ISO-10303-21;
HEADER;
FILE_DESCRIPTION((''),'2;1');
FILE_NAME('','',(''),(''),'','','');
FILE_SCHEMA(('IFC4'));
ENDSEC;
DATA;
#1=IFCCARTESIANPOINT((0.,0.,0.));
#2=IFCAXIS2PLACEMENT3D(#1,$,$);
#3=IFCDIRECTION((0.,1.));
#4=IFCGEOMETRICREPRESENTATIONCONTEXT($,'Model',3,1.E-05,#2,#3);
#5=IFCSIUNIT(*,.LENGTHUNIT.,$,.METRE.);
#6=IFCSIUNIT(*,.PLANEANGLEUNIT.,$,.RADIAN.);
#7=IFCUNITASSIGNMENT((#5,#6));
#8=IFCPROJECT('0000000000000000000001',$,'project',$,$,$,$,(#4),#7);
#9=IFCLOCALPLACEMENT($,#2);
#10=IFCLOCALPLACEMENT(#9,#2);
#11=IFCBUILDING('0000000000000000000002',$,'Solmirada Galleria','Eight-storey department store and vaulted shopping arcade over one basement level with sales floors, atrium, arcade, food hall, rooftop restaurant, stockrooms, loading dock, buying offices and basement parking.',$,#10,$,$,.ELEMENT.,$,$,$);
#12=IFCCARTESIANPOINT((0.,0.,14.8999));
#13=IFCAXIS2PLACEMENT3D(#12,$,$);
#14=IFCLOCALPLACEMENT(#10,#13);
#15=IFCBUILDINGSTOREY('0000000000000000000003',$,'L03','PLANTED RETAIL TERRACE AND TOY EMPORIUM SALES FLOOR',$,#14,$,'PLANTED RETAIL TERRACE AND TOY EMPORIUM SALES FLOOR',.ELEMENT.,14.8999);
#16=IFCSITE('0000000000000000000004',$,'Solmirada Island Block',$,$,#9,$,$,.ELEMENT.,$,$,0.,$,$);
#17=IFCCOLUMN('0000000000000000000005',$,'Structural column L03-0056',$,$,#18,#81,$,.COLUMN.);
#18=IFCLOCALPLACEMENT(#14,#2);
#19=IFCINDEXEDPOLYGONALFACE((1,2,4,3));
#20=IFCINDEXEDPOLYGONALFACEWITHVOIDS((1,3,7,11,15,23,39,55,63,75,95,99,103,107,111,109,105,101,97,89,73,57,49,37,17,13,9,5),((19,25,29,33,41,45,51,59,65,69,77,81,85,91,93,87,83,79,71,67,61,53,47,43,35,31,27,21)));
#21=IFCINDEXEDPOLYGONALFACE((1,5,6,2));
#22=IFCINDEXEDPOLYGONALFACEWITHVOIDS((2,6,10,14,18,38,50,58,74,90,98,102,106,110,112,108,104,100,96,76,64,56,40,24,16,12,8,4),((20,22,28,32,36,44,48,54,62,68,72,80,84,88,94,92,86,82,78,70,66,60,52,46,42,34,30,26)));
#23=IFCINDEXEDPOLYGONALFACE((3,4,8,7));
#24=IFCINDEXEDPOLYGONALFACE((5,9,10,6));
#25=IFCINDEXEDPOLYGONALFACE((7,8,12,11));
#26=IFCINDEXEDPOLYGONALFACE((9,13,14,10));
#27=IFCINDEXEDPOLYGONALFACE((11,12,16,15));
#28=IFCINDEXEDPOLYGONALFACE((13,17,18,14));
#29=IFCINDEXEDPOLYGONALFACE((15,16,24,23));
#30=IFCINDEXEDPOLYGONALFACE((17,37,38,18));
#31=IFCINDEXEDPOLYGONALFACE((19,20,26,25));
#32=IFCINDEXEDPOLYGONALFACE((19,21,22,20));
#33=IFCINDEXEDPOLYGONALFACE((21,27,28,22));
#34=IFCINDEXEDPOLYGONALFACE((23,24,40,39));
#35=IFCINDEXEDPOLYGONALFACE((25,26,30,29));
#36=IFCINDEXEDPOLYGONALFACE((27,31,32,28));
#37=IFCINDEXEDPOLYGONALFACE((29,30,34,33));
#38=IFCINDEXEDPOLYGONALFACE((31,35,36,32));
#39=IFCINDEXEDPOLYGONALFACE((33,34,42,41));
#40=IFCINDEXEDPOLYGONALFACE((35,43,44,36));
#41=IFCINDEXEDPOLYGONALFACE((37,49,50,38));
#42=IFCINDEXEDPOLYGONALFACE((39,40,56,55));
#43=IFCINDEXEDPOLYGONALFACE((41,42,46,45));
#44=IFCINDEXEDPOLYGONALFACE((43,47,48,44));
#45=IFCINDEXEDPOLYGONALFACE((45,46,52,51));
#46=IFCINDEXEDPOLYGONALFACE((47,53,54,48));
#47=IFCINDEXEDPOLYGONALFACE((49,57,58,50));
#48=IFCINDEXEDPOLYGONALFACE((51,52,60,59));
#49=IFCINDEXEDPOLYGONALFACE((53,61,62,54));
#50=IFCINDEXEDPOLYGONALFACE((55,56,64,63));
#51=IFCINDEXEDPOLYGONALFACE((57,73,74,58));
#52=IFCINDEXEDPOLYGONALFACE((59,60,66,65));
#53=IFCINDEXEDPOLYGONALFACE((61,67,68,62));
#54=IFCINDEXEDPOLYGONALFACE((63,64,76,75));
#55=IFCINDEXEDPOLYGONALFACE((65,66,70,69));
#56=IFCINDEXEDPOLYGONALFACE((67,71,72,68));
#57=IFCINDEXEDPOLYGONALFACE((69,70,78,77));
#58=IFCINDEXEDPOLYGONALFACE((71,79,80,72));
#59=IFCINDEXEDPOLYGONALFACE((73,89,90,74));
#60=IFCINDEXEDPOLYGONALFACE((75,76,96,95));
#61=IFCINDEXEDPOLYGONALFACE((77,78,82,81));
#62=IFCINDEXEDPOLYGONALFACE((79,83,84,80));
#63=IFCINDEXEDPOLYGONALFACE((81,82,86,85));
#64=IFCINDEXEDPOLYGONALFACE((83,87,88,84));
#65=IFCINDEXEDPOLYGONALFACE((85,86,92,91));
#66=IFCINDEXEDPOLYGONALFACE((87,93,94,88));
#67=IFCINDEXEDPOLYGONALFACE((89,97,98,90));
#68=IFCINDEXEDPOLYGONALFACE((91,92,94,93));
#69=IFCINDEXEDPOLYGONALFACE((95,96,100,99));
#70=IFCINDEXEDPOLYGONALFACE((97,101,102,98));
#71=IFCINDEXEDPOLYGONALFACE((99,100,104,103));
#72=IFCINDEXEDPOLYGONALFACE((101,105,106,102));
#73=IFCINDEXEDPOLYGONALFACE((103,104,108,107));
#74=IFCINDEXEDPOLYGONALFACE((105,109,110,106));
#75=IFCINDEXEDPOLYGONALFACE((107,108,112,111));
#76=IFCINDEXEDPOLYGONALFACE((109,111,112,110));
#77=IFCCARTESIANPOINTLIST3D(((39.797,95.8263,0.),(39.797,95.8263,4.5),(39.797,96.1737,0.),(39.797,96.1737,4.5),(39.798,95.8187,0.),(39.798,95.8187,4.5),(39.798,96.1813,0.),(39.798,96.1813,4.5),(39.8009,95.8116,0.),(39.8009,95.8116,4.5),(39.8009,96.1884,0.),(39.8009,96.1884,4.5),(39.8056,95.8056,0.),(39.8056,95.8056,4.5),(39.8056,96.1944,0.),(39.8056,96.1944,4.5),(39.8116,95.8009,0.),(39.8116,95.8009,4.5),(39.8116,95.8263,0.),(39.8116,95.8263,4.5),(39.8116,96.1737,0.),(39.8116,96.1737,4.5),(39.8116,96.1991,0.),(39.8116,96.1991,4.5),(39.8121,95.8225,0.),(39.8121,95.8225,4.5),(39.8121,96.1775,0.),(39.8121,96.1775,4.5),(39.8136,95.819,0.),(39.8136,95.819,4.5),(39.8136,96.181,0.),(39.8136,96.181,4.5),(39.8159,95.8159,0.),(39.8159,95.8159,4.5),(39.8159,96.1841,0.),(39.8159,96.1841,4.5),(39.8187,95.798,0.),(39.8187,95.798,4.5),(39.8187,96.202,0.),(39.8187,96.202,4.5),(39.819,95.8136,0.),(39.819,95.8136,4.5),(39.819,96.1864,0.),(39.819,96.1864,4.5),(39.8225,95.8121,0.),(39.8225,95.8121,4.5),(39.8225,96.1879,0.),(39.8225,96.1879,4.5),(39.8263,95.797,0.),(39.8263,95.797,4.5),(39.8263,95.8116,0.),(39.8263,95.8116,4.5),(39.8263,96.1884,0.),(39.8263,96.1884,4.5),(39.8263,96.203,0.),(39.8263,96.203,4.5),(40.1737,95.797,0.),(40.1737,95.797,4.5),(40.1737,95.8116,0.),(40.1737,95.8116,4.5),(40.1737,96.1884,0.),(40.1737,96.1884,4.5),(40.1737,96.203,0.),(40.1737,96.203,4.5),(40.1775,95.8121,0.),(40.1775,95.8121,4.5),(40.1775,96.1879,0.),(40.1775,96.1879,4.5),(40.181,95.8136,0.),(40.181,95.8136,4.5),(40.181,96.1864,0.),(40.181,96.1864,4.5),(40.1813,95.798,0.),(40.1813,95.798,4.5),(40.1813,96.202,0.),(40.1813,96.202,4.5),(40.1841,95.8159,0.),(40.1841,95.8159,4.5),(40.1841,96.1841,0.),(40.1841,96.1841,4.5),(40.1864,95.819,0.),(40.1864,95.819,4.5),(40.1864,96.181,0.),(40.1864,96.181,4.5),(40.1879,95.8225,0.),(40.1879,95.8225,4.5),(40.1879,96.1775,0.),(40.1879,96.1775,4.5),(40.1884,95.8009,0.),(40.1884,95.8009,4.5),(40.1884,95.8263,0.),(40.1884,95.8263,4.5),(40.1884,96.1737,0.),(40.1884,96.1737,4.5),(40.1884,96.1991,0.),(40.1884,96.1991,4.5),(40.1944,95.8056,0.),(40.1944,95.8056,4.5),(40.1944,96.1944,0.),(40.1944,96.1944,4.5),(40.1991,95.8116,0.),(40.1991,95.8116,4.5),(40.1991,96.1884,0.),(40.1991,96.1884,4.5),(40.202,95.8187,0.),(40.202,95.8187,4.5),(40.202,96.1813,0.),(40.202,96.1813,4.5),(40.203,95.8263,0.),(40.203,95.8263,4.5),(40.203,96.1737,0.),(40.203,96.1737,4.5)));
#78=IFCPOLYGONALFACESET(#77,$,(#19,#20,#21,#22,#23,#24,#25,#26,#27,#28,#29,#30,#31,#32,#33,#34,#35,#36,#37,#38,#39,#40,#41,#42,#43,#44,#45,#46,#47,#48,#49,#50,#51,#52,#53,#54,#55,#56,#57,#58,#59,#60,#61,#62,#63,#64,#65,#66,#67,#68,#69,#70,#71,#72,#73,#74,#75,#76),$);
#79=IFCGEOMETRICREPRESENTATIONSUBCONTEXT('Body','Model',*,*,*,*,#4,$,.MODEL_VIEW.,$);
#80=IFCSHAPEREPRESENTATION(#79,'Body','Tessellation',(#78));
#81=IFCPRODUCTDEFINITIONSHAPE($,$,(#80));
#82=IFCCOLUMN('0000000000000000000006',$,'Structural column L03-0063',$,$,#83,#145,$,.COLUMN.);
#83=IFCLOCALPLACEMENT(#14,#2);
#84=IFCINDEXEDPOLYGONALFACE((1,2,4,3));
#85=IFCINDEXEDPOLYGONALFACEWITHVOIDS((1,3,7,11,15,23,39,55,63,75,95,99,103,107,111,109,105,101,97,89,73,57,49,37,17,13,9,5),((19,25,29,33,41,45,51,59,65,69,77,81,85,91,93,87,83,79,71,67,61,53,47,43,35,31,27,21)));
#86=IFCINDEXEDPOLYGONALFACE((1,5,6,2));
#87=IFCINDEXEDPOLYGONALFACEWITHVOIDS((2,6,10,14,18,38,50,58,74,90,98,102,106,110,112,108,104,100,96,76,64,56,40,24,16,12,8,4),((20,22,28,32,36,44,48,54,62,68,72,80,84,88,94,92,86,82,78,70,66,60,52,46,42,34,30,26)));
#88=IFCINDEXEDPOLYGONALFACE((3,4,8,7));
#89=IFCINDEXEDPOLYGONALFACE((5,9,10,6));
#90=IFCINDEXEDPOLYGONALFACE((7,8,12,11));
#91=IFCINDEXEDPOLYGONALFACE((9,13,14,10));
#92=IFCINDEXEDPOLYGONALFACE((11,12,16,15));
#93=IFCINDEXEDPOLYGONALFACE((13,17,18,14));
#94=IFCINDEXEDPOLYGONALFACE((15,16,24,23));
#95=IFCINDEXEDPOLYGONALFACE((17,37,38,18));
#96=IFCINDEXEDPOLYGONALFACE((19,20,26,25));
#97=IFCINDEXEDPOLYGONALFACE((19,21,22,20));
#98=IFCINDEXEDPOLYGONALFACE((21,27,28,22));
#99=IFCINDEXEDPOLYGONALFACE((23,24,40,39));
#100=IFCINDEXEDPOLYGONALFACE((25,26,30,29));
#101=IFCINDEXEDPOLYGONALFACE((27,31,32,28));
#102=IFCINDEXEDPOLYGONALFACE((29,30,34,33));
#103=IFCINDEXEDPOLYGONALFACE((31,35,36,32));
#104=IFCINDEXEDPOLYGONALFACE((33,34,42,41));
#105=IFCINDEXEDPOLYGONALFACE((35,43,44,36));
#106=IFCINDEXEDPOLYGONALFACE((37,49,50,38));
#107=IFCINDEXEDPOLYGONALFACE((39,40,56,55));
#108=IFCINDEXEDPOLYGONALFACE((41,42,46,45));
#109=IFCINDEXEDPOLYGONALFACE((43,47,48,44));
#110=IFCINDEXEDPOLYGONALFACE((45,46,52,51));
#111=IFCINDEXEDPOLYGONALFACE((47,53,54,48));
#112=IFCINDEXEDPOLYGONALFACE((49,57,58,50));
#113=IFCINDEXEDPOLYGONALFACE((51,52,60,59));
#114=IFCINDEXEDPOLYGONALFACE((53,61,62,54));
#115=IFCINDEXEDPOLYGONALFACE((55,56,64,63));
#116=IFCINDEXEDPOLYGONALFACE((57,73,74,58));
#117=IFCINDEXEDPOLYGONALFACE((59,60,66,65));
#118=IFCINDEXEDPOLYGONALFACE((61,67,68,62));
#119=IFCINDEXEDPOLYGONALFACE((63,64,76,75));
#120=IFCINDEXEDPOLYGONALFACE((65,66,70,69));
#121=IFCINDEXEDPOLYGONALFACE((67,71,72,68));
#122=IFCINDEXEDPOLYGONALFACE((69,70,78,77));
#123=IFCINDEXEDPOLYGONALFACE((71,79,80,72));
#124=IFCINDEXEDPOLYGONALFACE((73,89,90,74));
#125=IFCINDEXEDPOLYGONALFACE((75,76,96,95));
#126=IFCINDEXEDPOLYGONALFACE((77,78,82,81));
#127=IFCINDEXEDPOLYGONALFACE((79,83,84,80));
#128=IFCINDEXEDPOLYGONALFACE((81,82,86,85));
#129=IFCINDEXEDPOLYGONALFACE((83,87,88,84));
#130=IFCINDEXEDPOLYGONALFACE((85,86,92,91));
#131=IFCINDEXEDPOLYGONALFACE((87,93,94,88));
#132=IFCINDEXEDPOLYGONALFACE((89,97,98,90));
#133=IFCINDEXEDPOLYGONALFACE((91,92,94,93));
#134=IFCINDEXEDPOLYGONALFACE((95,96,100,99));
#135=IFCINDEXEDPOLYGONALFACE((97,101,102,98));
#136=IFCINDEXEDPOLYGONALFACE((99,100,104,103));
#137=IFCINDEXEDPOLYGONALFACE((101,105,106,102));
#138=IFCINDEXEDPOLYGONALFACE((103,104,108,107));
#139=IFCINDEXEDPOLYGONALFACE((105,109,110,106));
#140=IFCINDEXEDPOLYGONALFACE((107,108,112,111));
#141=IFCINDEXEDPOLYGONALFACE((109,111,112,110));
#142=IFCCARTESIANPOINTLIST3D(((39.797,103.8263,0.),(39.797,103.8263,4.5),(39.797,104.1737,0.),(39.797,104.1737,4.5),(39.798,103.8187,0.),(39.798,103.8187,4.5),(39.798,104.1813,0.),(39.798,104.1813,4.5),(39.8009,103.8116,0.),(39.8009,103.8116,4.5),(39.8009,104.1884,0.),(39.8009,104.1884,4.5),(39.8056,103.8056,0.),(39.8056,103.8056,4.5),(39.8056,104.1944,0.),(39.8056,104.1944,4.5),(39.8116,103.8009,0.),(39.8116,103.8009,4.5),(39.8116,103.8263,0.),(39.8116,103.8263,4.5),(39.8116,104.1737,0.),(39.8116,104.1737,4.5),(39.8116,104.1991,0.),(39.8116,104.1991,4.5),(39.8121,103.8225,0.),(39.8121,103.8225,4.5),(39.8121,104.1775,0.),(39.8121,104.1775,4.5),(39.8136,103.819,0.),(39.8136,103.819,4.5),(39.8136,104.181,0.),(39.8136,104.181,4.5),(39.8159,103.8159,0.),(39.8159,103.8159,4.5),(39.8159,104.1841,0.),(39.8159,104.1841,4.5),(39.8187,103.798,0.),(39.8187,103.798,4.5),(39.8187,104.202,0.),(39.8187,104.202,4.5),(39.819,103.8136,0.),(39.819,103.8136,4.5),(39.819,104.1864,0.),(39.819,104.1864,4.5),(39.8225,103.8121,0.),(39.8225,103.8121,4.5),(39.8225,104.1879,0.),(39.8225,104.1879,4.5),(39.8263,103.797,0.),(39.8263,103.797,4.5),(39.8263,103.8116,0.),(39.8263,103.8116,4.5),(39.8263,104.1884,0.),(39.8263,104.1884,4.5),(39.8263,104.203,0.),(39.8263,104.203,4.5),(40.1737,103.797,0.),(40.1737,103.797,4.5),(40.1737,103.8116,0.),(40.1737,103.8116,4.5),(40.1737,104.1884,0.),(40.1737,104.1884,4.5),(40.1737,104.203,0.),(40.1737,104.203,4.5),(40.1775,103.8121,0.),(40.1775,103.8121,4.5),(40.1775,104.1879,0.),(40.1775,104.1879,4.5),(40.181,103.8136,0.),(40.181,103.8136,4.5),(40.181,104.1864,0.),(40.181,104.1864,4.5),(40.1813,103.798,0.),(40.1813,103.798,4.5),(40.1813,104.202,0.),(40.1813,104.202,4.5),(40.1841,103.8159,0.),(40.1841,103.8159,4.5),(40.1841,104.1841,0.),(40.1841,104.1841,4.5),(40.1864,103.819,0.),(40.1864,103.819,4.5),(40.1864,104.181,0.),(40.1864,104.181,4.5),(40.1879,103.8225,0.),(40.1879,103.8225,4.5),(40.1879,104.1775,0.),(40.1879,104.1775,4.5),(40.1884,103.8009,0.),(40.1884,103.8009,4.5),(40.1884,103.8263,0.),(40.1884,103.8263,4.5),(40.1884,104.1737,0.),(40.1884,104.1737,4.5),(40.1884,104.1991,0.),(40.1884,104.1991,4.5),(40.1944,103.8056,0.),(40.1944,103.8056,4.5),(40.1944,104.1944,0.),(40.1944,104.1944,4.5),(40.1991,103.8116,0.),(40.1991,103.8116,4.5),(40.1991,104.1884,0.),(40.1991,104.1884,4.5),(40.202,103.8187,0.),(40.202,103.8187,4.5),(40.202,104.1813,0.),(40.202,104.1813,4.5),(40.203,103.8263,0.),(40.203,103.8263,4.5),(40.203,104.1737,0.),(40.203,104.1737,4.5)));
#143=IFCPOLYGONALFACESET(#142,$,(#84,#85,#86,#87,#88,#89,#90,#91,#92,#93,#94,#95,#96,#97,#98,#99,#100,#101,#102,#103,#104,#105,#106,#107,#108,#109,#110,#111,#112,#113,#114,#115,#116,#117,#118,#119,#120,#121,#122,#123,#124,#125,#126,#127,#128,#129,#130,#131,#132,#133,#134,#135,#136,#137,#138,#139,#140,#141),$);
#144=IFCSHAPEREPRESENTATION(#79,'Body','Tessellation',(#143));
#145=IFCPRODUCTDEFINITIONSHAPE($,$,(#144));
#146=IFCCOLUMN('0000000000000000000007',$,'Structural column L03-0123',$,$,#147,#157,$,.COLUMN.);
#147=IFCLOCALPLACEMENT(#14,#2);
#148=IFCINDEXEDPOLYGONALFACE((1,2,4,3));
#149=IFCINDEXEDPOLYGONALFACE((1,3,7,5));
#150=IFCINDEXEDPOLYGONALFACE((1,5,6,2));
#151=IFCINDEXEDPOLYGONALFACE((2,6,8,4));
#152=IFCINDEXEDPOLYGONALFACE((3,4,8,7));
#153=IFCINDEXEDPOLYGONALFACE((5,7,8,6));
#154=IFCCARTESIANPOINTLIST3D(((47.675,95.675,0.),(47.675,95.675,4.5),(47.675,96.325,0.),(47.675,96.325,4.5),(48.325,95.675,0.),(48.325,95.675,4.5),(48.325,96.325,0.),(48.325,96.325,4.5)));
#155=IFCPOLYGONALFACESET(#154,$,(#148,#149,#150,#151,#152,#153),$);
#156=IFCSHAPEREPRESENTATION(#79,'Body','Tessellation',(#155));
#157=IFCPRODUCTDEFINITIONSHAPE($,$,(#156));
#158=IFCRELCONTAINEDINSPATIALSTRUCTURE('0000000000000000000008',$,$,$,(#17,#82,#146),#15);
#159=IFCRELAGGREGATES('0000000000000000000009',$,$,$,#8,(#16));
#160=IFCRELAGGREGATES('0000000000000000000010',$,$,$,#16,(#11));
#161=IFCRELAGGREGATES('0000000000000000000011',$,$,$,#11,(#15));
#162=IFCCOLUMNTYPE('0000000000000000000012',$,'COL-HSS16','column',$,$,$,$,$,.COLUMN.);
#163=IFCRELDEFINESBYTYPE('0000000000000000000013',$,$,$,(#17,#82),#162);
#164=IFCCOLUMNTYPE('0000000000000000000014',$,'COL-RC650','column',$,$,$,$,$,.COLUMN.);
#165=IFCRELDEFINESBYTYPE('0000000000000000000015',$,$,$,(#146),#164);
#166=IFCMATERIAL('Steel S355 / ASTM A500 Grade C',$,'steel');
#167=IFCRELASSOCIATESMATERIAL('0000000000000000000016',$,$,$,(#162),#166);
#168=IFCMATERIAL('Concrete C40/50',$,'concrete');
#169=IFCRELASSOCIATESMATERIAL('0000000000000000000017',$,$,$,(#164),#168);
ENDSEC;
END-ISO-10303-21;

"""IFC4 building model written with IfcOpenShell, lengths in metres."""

from ifc_helpers import new_model, si_unit, direction, frame, origin, origin_2d, place, context, subcontext, project, spatial, rectangle, hollow_rectangle, extrude, material, material_profile, profile_set, type_object, element, save


model = new_model("IFC4")

# Units and contexts
model_context = context("Model", 3, precision=1e-05, world=origin(), true_north=direction((0.0, 1.0)))
body_context = subcontext(model_context, "Body", "Model", "MODEL_VIEW")
ifc_project = project(units=[si_unit("LENGTHUNIT", "METRE"), si_unit("PLANEANGLEUNIT", "RADIAN")], contexts=[model_context])

# Site, building, storey
site_placement = place(None, origin())
site = spatial("IfcSite", under=ifc_project, at=site_placement, Name="Solmirada Island Block", CompositionType="ELEMENT", RefElevation=0.0)
building_placement = place(site_placement, origin())
building = spatial("IfcBuilding", under=site, at=building_placement, Name="Solmirada Galleria", Description="Eight-storey department store and vaulted shopping arcade over one basement level with sales floors, atrium, arcade, food hall, rooftop restaurant, stockrooms, loading dock, buying offices and basement parking.", CompositionType="ELEMENT")
storey_placement = place(building_placement, frame((0.0, 0.0, 14.8999)))
storey = spatial("IfcBuildingStorey", under=building, at=storey_placement, Name="L03", Description="PLANTED RETAIL TERRACE AND TOY EMPORIUM SALES FLOOR", LongName="PLANTED RETAIL TERRACE AND TOY EMPORIUM SALES FLOOR", CompositionType="ELEMENT", Elevation=14.8999)

# Columns
ifc_material_1 = material(Name="Steel S355 / ASTM A500 Grade C", Category="steel")
ifc_material_profile_1 = material_profile(ifc_material_1, hollow_rectangle(XDim=0.406, YDim=0.406, WallThickness=0.0146, InnerFilletRadius=0.0146, OuterFilletRadius=0.0293, at=origin_2d()), Name="HSS16X16X5/8")
ifc_profile_set_1 = profile_set([ifc_material_profile_1], Name="Steel S355 / ASTM A500 Grade C")
column_type_1 = type_object("IfcColumnType", Name="COL-HSS16", Description="column", PredefinedType="COLUMN", material=ifc_profile_set_1)
for number, where, z_axis, x_axis, name in (
    (1, (40.0, 96.0, 0.0), (0.0, 0.0, 1.0), (1.0, 0.0, 0.0), "Structural column L03-0056"),
    (2, (40.0, 104.0, 0.0), (0.0, 0.0, 1.0), (1.0, 0.0, 0.0), "Structural column L03-0063"),
):
    element("IfcColumn", number, at=place(storey_placement, frame(where, z_axis=z_axis, x_axis=x_axis)), inside=storey, type_object=column_type_1, Name=name, PredefinedType="COLUMN", context=body_context, shape_type="SweptSolid", body=[
        extrude(hollow_rectangle(XDim=0.406, YDim=0.406, WallThickness=0.0146, InnerFilletRadius=0.0146, OuterFilletRadius=0.0293, at=origin_2d()), origin(), (0.0, 0.0, 1.0), 4.5),
    ])
ifc_material_2 = material(Name="Concrete C40/50", Category="concrete")
ifc_material_profile_2 = material_profile(ifc_material_2, rectangle(XDim=0.6499, YDim=0.6499, at=origin_2d()), Name="RC650X650")
ifc_profile_set_2 = profile_set([ifc_material_profile_2], Name="Concrete C40/50")
column_type_2 = type_object("IfcColumnType", Name="COL-RC650", Description="column", PredefinedType="COLUMN", material=ifc_profile_set_2)
column_placement = place(storey_placement, frame((48.0, 96.0, 0.0), z_axis=(0.0, 0.0, 1.0), x_axis=(1.0, 0.0, 0.0)))
element("IfcColumn", 3, at=column_placement, inside=storey, type_object=column_type_2, Name="Structural column L03-0123", PredefinedType="COLUMN", context=body_context, shape_type="SweptSolid", body=[
    extrude(rectangle(XDim=0.6499, YDim=0.6499, at=origin_2d()), origin(), (0.0, 0.0, 1.0), 4.5),
])

save(model, "model.ifc")
